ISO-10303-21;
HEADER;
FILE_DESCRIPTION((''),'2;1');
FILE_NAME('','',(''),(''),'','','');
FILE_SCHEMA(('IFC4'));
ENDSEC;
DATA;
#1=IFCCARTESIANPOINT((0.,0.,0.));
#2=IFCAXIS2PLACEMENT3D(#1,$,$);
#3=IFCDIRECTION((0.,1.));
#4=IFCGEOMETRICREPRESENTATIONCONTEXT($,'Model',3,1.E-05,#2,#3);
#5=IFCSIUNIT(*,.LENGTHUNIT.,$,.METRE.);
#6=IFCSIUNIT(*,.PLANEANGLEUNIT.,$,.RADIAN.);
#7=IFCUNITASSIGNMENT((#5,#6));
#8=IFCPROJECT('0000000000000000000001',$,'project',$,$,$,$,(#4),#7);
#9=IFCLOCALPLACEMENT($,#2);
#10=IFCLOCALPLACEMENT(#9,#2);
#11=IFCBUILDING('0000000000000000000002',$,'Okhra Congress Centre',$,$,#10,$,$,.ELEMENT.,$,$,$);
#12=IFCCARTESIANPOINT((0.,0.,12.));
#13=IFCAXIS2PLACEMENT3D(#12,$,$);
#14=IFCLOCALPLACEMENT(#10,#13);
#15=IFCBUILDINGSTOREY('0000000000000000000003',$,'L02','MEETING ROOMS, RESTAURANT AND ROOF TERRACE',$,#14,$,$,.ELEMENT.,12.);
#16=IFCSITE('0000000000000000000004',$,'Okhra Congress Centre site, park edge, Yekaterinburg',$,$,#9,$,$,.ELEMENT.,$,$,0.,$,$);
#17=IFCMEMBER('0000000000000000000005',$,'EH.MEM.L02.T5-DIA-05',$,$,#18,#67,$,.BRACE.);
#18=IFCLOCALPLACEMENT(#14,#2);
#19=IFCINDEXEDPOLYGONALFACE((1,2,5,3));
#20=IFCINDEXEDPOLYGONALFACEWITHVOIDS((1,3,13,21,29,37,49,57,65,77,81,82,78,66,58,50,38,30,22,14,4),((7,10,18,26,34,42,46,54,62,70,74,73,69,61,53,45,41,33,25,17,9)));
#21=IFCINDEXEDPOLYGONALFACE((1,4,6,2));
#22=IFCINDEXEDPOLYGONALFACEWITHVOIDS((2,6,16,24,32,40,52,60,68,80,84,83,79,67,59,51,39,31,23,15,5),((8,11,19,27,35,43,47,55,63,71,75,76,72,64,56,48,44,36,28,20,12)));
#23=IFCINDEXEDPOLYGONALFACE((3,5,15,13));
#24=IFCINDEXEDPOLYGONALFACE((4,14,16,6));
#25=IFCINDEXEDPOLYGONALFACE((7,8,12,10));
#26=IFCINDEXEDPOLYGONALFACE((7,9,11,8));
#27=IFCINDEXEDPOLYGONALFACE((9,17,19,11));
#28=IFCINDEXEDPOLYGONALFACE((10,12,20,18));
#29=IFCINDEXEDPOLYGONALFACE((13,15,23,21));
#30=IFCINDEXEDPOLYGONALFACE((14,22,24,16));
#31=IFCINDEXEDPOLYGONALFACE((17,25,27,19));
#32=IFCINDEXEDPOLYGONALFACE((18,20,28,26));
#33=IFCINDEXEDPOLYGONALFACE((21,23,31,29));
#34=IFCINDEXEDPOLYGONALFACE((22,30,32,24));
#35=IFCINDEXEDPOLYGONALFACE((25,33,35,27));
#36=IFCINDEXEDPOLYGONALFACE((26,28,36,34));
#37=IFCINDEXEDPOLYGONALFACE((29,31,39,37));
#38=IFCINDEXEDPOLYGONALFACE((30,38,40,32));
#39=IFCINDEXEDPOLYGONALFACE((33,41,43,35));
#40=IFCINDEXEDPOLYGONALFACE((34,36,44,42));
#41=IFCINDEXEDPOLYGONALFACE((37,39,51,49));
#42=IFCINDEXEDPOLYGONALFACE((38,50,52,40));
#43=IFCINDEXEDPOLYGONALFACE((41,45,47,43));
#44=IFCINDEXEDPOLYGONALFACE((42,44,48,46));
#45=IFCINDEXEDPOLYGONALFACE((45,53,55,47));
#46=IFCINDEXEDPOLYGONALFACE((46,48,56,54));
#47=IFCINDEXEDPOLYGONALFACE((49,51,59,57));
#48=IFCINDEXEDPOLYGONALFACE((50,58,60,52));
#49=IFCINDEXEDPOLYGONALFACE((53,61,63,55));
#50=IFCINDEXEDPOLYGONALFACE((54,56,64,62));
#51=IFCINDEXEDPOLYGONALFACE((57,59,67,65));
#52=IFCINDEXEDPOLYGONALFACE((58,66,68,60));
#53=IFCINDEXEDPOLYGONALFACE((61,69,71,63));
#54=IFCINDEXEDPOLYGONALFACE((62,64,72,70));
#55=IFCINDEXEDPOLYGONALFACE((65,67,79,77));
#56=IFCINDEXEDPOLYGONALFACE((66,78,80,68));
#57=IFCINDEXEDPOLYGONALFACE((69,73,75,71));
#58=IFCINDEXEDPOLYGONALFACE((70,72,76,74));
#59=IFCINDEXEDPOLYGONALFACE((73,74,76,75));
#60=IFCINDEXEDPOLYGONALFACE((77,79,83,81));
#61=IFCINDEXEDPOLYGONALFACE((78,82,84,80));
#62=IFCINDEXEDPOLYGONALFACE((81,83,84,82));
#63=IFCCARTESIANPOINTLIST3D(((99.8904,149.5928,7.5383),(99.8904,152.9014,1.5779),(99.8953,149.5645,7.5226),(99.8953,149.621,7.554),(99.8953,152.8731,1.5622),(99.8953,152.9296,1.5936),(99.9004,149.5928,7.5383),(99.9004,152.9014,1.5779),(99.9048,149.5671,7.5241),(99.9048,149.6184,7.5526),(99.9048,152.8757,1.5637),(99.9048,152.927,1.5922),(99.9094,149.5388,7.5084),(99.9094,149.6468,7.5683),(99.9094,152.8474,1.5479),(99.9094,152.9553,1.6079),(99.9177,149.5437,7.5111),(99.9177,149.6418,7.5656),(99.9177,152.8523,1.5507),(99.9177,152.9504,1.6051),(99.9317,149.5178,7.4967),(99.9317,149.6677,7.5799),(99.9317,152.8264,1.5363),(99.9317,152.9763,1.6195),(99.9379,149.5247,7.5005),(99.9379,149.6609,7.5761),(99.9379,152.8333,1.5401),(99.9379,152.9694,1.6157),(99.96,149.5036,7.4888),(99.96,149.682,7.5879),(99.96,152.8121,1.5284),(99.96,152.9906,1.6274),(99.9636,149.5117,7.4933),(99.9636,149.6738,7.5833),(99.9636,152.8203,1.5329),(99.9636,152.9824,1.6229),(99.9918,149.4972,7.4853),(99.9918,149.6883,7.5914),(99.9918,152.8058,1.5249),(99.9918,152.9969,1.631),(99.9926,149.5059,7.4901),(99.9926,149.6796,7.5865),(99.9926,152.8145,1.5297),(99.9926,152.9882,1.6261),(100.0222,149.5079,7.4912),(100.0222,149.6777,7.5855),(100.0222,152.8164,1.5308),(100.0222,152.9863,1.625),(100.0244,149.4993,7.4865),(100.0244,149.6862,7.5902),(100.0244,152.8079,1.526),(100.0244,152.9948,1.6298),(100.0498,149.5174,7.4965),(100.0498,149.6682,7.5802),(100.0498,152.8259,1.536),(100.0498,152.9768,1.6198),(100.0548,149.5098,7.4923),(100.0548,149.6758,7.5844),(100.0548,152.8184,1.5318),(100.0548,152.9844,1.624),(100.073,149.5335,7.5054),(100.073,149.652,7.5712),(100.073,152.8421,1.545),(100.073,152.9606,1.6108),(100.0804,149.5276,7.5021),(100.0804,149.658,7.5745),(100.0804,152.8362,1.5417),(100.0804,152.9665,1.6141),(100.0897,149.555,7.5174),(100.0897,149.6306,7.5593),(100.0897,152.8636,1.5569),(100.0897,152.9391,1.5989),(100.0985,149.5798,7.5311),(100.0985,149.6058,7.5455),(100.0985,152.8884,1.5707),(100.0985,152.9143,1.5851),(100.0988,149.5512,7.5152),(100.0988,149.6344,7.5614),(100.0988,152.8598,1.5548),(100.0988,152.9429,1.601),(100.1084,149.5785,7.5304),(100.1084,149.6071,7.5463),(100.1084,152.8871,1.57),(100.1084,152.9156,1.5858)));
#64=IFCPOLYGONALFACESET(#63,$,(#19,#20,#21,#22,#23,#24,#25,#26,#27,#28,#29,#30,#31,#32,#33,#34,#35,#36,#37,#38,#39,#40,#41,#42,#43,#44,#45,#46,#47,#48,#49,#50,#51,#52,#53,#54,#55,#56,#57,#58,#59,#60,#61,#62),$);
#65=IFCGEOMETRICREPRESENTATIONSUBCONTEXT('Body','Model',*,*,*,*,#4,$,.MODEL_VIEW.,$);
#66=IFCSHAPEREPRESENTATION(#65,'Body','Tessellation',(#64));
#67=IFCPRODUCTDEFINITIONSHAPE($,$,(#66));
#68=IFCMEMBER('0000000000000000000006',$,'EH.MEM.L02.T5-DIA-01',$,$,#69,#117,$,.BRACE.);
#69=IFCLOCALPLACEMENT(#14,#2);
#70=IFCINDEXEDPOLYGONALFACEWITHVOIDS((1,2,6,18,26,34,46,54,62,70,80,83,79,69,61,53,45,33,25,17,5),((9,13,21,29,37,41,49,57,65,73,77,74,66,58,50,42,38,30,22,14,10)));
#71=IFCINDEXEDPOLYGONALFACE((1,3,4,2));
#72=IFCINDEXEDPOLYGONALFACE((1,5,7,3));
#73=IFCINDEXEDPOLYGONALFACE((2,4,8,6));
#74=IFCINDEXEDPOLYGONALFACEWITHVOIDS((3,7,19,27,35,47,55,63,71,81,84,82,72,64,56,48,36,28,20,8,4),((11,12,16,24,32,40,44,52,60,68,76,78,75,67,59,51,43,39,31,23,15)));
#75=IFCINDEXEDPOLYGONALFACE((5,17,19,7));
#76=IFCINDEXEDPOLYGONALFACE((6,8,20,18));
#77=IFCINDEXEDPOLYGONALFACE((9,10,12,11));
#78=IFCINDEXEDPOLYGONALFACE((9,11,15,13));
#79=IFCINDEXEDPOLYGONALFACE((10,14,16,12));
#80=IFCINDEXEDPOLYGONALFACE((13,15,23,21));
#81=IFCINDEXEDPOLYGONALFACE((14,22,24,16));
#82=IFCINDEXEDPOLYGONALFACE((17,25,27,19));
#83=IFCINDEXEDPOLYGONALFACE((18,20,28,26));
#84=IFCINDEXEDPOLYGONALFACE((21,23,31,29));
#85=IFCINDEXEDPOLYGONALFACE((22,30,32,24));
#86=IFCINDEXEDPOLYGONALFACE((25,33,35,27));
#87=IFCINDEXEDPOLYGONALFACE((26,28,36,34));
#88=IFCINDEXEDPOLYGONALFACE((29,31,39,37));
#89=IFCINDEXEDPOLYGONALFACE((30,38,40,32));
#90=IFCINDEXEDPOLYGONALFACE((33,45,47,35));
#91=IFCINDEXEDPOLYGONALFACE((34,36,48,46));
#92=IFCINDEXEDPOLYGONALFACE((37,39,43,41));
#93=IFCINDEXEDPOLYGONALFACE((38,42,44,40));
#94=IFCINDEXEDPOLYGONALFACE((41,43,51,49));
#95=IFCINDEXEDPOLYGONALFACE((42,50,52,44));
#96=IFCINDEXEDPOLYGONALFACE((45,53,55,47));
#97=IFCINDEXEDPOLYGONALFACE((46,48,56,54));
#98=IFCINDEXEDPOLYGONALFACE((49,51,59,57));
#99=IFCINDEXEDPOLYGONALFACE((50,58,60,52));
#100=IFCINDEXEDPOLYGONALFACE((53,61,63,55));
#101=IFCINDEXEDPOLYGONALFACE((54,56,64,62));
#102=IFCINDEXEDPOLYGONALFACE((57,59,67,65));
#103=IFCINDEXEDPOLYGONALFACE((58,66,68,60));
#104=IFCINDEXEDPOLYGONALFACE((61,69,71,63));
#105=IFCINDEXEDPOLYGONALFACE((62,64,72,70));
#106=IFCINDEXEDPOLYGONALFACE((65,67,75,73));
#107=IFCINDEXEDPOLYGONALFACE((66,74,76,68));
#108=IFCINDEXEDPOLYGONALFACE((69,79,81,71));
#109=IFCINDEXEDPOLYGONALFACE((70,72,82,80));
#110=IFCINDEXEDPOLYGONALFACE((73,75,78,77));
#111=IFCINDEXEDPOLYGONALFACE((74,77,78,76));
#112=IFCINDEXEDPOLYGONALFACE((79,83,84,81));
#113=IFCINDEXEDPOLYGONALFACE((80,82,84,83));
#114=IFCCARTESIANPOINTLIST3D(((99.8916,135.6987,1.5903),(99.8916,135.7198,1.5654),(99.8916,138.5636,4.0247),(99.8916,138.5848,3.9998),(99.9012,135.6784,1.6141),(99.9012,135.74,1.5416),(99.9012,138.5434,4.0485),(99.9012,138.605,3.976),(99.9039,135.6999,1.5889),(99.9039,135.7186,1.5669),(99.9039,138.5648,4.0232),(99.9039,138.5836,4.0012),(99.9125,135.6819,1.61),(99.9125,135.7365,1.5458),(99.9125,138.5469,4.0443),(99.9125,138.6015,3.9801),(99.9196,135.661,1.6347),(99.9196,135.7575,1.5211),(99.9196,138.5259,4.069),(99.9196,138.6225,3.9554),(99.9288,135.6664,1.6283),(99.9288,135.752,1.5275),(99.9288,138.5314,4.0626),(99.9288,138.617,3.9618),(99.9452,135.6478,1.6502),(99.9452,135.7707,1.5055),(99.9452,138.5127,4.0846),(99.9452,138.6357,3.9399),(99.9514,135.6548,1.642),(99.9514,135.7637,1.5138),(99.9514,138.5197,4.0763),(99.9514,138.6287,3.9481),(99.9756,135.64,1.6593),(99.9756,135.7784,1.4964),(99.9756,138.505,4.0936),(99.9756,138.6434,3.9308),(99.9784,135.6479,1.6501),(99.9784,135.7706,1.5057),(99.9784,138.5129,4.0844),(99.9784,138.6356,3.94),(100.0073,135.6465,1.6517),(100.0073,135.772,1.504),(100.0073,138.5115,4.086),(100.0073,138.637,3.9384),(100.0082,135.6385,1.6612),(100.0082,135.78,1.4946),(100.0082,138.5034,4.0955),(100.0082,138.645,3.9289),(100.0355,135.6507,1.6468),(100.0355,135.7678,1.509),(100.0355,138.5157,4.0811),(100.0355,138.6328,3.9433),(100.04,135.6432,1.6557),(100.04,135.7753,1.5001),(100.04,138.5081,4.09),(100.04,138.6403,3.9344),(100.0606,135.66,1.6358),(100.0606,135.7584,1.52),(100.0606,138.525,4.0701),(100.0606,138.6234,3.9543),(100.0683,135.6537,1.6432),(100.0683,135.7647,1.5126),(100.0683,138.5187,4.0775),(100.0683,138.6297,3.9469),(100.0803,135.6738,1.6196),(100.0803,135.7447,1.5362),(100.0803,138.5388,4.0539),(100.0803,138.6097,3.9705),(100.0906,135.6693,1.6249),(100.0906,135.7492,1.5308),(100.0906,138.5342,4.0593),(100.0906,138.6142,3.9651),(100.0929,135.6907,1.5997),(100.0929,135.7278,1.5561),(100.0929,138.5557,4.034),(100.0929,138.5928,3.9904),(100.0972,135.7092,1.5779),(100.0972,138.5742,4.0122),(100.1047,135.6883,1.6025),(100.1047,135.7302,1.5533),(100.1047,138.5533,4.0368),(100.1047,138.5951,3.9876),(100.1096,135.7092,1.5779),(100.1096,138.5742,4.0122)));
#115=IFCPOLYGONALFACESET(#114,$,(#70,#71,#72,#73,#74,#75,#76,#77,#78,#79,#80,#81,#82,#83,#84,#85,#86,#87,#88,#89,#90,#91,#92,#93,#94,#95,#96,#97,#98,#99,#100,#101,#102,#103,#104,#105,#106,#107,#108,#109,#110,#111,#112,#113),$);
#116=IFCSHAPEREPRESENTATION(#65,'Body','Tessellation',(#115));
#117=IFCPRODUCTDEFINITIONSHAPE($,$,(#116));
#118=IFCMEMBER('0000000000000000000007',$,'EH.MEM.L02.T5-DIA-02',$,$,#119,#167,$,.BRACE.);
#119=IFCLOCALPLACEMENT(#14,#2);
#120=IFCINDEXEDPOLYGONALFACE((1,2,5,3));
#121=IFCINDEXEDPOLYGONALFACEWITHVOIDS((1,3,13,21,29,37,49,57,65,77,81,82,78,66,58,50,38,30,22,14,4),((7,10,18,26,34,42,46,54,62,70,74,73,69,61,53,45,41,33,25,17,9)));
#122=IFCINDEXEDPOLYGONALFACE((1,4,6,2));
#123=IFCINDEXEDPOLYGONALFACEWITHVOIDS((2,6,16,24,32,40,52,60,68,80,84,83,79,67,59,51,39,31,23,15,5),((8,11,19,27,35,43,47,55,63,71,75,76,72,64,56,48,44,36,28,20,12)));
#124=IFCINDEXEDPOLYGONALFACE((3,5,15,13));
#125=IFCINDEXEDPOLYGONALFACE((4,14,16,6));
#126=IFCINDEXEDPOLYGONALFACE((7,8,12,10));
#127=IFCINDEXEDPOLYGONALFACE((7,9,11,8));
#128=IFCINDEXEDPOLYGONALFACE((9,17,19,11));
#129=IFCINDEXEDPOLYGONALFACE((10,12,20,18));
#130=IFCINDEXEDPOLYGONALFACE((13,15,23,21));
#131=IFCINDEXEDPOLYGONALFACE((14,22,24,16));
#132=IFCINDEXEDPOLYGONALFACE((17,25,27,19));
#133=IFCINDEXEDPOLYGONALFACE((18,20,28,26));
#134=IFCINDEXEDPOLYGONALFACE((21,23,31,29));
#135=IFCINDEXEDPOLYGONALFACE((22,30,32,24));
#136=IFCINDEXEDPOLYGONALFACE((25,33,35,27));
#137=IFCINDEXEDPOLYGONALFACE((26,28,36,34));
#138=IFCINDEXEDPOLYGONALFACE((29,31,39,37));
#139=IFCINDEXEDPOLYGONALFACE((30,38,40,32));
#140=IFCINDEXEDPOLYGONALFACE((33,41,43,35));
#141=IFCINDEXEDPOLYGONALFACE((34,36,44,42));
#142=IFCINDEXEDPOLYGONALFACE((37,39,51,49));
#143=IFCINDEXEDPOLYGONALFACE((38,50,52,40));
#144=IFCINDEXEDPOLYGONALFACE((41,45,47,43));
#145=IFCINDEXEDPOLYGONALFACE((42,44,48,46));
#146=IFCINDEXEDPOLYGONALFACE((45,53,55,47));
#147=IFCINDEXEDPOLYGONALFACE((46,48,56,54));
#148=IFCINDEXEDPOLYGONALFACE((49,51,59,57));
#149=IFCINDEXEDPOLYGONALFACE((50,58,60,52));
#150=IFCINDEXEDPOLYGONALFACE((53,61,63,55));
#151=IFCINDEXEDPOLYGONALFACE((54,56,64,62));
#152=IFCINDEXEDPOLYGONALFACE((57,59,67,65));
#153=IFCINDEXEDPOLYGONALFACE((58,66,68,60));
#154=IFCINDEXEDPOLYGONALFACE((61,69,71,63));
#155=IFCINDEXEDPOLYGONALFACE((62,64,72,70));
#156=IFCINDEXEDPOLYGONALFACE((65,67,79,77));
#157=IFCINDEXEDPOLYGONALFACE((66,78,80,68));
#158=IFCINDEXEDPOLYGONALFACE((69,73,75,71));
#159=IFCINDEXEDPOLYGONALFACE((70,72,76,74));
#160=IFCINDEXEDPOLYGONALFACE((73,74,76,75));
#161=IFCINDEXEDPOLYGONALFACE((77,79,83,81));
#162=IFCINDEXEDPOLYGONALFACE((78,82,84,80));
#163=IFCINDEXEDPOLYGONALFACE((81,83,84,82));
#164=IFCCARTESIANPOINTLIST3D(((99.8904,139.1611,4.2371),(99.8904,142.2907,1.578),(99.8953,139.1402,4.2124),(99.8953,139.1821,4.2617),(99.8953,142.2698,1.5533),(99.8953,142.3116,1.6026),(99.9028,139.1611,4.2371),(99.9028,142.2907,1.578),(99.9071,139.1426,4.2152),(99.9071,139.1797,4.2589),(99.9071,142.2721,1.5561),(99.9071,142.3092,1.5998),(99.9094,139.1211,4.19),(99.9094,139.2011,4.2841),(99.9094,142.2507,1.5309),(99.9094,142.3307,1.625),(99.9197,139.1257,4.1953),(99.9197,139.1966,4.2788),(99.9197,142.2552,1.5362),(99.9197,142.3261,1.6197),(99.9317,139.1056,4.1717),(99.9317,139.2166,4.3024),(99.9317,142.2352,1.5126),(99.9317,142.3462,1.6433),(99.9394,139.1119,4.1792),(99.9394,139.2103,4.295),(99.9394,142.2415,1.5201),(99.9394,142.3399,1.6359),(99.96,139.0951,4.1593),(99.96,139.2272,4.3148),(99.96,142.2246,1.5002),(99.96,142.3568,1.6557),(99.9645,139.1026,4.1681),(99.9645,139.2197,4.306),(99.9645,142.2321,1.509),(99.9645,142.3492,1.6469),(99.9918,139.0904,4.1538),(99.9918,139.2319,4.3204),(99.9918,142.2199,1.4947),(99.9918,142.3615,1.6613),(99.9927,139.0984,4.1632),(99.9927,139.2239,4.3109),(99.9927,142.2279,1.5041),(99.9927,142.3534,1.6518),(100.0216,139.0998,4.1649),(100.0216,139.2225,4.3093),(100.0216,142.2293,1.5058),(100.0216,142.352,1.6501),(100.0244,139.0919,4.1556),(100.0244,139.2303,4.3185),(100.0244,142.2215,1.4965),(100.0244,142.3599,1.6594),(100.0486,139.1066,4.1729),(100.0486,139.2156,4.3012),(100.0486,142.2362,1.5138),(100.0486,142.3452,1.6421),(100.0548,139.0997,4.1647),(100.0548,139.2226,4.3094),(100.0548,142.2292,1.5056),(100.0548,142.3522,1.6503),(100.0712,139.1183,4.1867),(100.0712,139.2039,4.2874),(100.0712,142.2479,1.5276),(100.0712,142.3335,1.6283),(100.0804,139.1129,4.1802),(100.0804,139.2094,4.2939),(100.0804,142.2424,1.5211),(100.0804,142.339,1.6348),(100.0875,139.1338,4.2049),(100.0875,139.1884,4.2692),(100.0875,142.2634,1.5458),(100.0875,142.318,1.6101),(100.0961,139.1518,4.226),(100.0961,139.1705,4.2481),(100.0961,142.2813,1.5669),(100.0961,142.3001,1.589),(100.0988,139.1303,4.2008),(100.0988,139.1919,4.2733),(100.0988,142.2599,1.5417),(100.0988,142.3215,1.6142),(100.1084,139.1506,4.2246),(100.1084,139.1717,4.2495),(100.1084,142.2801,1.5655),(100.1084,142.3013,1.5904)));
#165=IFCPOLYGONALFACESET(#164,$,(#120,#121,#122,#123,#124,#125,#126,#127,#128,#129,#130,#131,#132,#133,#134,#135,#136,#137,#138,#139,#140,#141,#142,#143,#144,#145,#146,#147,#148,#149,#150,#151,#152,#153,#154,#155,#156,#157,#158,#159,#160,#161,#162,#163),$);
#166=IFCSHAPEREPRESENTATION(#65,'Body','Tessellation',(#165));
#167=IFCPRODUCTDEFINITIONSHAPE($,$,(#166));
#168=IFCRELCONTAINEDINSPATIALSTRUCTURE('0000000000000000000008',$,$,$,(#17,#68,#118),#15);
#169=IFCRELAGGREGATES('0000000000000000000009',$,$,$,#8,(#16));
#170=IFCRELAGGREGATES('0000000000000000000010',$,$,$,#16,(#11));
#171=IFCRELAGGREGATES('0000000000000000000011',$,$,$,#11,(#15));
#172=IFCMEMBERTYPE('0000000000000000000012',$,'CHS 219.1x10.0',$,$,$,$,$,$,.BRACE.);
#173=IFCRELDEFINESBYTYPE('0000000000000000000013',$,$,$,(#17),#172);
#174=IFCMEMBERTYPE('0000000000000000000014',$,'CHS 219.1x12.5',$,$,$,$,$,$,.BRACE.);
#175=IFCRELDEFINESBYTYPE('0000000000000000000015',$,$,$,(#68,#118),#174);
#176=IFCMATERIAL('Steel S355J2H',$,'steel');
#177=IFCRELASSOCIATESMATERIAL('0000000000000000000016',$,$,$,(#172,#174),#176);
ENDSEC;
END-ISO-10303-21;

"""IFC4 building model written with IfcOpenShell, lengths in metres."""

from ifc_helpers import new_model, si_unit, direction, frame, origin, origin_2d, place, context, subcontext, project, spatial, hollow_circle, extrude, material, material_profile, profile_set, type_object, element, save


model = new_model("IFC4")

# Units and contexts
model_context = context("Model", 3, precision=1e-05, world=origin(), true_north=direction((0.0, 1.0)))
body_context = subcontext(model_context, "Body", "Model", "MODEL_VIEW")
ifc_project = project(units=[si_unit("LENGTHUNIT", "METRE"), si_unit("PLANEANGLEUNIT", "RADIAN")], contexts=[model_context])

# Site, building, storey
site_placement = place(None, origin())
site = spatial("IfcSite", under=ifc_project, at=site_placement, Name="Okhra Congress Centre site, park edge, Yekaterinburg", CompositionType="ELEMENT", RefElevation=0.0)
building_placement = place(site_placement, origin())
building = spatial("IfcBuilding", under=site, at=building_placement, Name="Okhra Congress Centre", CompositionType="ELEMENT")
storey_placement = place(building_placement, frame((0.0, 0.0, 12.0)))
storey = spatial("IfcBuildingStorey", under=building, at=storey_placement, Name="L02", Description="MEETING ROOMS, RESTAURANT AND ROOF TERRACE", CompositionType="ELEMENT", Elevation=12.0)

# Members
ifc_material_1 = material(Name="Steel S355J2H", Category="steel")
ifc_material_profile_1 = material_profile(ifc_material_1, hollow_circle(Radius=0.1096, WallThickness=0.01, at=origin_2d()), Name="CHS 219.1x10.0")
ifc_profile_set_1 = profile_set([ifc_material_profile_1], Name="Steel S355J2H")
member_type_1 = type_object("IfcMemberType", Name="CHS 219.1x10.0", PredefinedType="BRACE", material=ifc_profile_set_1)
member_1_placement = place(storey_placement, frame((100.0, 149.5928, 7.5383), z_axis=(0.0, 0.485333, -0.87433), x_axis=(-1.0, 0.0, 0.0)))
element("IfcMember", 1, at=member_1_placement, inside=storey, type_object=member_type_1, Name="EH.MEM.L02.T5-DIA-05", PredefinedType="BRACE", context=body_context, shape_type="SweptSolid", body=[
    extrude(hollow_circle(Radius=0.1096, WallThickness=0.01, at=origin_2d()), origin(), (0.0, 0.0, 1.0), 6.8171),
])
ifc_material_profile_2 = material_profile(ifc_material_1, hollow_circle(Radius=0.1096, WallThickness=0.0125, at=origin_2d()), Name="CHS 219.1x12.5")
ifc_profile_set_2 = profile_set([ifc_material_profile_2], Name="Steel S355J2H")
member_type_2 = type_object("IfcMemberType", Name="CHS 219.1x12.5", PredefinedType="BRACE", material=ifc_profile_set_2)
member_2_placement = place(storey_placement, frame((100.0, 138.5742, 4.0122), z_axis=(0.0, -0.762059, -0.647507), x_axis=(1.0, 0.0, 0.0)))
element("IfcMember", 2, at=member_2_placement, inside=storey, type_object=member_type_2, Name="EH.MEM.L02.T5-DIA-01", PredefinedType="BRACE", context=body_context, shape_type="SweptSolid", body=[
    extrude(hollow_circle(Radius=0.1096, WallThickness=0.0125, at=origin_2d()), origin(), (0.0, 0.0, 1.0), 3.7595),
])
member_3_placement = place(storey_placement, frame((100.0, 139.1611, 4.2371), z_axis=(0.0, 0.762061, -0.647505), x_axis=(-1.0, 0.0, 0.0)))
element("IfcMember", 3, at=member_3_placement, inside=storey, type_object=member_type_2, Name="EH.MEM.L02.T5-DIA-02", PredefinedType="BRACE", context=body_context, shape_type="SweptSolid", body=[
    extrude(hollow_circle(Radius=0.1096, WallThickness=0.0125, at=origin_2d()), origin(), (0.0, 0.0, 1.0), 4.1067),
])

save(model, "model.ifc")
